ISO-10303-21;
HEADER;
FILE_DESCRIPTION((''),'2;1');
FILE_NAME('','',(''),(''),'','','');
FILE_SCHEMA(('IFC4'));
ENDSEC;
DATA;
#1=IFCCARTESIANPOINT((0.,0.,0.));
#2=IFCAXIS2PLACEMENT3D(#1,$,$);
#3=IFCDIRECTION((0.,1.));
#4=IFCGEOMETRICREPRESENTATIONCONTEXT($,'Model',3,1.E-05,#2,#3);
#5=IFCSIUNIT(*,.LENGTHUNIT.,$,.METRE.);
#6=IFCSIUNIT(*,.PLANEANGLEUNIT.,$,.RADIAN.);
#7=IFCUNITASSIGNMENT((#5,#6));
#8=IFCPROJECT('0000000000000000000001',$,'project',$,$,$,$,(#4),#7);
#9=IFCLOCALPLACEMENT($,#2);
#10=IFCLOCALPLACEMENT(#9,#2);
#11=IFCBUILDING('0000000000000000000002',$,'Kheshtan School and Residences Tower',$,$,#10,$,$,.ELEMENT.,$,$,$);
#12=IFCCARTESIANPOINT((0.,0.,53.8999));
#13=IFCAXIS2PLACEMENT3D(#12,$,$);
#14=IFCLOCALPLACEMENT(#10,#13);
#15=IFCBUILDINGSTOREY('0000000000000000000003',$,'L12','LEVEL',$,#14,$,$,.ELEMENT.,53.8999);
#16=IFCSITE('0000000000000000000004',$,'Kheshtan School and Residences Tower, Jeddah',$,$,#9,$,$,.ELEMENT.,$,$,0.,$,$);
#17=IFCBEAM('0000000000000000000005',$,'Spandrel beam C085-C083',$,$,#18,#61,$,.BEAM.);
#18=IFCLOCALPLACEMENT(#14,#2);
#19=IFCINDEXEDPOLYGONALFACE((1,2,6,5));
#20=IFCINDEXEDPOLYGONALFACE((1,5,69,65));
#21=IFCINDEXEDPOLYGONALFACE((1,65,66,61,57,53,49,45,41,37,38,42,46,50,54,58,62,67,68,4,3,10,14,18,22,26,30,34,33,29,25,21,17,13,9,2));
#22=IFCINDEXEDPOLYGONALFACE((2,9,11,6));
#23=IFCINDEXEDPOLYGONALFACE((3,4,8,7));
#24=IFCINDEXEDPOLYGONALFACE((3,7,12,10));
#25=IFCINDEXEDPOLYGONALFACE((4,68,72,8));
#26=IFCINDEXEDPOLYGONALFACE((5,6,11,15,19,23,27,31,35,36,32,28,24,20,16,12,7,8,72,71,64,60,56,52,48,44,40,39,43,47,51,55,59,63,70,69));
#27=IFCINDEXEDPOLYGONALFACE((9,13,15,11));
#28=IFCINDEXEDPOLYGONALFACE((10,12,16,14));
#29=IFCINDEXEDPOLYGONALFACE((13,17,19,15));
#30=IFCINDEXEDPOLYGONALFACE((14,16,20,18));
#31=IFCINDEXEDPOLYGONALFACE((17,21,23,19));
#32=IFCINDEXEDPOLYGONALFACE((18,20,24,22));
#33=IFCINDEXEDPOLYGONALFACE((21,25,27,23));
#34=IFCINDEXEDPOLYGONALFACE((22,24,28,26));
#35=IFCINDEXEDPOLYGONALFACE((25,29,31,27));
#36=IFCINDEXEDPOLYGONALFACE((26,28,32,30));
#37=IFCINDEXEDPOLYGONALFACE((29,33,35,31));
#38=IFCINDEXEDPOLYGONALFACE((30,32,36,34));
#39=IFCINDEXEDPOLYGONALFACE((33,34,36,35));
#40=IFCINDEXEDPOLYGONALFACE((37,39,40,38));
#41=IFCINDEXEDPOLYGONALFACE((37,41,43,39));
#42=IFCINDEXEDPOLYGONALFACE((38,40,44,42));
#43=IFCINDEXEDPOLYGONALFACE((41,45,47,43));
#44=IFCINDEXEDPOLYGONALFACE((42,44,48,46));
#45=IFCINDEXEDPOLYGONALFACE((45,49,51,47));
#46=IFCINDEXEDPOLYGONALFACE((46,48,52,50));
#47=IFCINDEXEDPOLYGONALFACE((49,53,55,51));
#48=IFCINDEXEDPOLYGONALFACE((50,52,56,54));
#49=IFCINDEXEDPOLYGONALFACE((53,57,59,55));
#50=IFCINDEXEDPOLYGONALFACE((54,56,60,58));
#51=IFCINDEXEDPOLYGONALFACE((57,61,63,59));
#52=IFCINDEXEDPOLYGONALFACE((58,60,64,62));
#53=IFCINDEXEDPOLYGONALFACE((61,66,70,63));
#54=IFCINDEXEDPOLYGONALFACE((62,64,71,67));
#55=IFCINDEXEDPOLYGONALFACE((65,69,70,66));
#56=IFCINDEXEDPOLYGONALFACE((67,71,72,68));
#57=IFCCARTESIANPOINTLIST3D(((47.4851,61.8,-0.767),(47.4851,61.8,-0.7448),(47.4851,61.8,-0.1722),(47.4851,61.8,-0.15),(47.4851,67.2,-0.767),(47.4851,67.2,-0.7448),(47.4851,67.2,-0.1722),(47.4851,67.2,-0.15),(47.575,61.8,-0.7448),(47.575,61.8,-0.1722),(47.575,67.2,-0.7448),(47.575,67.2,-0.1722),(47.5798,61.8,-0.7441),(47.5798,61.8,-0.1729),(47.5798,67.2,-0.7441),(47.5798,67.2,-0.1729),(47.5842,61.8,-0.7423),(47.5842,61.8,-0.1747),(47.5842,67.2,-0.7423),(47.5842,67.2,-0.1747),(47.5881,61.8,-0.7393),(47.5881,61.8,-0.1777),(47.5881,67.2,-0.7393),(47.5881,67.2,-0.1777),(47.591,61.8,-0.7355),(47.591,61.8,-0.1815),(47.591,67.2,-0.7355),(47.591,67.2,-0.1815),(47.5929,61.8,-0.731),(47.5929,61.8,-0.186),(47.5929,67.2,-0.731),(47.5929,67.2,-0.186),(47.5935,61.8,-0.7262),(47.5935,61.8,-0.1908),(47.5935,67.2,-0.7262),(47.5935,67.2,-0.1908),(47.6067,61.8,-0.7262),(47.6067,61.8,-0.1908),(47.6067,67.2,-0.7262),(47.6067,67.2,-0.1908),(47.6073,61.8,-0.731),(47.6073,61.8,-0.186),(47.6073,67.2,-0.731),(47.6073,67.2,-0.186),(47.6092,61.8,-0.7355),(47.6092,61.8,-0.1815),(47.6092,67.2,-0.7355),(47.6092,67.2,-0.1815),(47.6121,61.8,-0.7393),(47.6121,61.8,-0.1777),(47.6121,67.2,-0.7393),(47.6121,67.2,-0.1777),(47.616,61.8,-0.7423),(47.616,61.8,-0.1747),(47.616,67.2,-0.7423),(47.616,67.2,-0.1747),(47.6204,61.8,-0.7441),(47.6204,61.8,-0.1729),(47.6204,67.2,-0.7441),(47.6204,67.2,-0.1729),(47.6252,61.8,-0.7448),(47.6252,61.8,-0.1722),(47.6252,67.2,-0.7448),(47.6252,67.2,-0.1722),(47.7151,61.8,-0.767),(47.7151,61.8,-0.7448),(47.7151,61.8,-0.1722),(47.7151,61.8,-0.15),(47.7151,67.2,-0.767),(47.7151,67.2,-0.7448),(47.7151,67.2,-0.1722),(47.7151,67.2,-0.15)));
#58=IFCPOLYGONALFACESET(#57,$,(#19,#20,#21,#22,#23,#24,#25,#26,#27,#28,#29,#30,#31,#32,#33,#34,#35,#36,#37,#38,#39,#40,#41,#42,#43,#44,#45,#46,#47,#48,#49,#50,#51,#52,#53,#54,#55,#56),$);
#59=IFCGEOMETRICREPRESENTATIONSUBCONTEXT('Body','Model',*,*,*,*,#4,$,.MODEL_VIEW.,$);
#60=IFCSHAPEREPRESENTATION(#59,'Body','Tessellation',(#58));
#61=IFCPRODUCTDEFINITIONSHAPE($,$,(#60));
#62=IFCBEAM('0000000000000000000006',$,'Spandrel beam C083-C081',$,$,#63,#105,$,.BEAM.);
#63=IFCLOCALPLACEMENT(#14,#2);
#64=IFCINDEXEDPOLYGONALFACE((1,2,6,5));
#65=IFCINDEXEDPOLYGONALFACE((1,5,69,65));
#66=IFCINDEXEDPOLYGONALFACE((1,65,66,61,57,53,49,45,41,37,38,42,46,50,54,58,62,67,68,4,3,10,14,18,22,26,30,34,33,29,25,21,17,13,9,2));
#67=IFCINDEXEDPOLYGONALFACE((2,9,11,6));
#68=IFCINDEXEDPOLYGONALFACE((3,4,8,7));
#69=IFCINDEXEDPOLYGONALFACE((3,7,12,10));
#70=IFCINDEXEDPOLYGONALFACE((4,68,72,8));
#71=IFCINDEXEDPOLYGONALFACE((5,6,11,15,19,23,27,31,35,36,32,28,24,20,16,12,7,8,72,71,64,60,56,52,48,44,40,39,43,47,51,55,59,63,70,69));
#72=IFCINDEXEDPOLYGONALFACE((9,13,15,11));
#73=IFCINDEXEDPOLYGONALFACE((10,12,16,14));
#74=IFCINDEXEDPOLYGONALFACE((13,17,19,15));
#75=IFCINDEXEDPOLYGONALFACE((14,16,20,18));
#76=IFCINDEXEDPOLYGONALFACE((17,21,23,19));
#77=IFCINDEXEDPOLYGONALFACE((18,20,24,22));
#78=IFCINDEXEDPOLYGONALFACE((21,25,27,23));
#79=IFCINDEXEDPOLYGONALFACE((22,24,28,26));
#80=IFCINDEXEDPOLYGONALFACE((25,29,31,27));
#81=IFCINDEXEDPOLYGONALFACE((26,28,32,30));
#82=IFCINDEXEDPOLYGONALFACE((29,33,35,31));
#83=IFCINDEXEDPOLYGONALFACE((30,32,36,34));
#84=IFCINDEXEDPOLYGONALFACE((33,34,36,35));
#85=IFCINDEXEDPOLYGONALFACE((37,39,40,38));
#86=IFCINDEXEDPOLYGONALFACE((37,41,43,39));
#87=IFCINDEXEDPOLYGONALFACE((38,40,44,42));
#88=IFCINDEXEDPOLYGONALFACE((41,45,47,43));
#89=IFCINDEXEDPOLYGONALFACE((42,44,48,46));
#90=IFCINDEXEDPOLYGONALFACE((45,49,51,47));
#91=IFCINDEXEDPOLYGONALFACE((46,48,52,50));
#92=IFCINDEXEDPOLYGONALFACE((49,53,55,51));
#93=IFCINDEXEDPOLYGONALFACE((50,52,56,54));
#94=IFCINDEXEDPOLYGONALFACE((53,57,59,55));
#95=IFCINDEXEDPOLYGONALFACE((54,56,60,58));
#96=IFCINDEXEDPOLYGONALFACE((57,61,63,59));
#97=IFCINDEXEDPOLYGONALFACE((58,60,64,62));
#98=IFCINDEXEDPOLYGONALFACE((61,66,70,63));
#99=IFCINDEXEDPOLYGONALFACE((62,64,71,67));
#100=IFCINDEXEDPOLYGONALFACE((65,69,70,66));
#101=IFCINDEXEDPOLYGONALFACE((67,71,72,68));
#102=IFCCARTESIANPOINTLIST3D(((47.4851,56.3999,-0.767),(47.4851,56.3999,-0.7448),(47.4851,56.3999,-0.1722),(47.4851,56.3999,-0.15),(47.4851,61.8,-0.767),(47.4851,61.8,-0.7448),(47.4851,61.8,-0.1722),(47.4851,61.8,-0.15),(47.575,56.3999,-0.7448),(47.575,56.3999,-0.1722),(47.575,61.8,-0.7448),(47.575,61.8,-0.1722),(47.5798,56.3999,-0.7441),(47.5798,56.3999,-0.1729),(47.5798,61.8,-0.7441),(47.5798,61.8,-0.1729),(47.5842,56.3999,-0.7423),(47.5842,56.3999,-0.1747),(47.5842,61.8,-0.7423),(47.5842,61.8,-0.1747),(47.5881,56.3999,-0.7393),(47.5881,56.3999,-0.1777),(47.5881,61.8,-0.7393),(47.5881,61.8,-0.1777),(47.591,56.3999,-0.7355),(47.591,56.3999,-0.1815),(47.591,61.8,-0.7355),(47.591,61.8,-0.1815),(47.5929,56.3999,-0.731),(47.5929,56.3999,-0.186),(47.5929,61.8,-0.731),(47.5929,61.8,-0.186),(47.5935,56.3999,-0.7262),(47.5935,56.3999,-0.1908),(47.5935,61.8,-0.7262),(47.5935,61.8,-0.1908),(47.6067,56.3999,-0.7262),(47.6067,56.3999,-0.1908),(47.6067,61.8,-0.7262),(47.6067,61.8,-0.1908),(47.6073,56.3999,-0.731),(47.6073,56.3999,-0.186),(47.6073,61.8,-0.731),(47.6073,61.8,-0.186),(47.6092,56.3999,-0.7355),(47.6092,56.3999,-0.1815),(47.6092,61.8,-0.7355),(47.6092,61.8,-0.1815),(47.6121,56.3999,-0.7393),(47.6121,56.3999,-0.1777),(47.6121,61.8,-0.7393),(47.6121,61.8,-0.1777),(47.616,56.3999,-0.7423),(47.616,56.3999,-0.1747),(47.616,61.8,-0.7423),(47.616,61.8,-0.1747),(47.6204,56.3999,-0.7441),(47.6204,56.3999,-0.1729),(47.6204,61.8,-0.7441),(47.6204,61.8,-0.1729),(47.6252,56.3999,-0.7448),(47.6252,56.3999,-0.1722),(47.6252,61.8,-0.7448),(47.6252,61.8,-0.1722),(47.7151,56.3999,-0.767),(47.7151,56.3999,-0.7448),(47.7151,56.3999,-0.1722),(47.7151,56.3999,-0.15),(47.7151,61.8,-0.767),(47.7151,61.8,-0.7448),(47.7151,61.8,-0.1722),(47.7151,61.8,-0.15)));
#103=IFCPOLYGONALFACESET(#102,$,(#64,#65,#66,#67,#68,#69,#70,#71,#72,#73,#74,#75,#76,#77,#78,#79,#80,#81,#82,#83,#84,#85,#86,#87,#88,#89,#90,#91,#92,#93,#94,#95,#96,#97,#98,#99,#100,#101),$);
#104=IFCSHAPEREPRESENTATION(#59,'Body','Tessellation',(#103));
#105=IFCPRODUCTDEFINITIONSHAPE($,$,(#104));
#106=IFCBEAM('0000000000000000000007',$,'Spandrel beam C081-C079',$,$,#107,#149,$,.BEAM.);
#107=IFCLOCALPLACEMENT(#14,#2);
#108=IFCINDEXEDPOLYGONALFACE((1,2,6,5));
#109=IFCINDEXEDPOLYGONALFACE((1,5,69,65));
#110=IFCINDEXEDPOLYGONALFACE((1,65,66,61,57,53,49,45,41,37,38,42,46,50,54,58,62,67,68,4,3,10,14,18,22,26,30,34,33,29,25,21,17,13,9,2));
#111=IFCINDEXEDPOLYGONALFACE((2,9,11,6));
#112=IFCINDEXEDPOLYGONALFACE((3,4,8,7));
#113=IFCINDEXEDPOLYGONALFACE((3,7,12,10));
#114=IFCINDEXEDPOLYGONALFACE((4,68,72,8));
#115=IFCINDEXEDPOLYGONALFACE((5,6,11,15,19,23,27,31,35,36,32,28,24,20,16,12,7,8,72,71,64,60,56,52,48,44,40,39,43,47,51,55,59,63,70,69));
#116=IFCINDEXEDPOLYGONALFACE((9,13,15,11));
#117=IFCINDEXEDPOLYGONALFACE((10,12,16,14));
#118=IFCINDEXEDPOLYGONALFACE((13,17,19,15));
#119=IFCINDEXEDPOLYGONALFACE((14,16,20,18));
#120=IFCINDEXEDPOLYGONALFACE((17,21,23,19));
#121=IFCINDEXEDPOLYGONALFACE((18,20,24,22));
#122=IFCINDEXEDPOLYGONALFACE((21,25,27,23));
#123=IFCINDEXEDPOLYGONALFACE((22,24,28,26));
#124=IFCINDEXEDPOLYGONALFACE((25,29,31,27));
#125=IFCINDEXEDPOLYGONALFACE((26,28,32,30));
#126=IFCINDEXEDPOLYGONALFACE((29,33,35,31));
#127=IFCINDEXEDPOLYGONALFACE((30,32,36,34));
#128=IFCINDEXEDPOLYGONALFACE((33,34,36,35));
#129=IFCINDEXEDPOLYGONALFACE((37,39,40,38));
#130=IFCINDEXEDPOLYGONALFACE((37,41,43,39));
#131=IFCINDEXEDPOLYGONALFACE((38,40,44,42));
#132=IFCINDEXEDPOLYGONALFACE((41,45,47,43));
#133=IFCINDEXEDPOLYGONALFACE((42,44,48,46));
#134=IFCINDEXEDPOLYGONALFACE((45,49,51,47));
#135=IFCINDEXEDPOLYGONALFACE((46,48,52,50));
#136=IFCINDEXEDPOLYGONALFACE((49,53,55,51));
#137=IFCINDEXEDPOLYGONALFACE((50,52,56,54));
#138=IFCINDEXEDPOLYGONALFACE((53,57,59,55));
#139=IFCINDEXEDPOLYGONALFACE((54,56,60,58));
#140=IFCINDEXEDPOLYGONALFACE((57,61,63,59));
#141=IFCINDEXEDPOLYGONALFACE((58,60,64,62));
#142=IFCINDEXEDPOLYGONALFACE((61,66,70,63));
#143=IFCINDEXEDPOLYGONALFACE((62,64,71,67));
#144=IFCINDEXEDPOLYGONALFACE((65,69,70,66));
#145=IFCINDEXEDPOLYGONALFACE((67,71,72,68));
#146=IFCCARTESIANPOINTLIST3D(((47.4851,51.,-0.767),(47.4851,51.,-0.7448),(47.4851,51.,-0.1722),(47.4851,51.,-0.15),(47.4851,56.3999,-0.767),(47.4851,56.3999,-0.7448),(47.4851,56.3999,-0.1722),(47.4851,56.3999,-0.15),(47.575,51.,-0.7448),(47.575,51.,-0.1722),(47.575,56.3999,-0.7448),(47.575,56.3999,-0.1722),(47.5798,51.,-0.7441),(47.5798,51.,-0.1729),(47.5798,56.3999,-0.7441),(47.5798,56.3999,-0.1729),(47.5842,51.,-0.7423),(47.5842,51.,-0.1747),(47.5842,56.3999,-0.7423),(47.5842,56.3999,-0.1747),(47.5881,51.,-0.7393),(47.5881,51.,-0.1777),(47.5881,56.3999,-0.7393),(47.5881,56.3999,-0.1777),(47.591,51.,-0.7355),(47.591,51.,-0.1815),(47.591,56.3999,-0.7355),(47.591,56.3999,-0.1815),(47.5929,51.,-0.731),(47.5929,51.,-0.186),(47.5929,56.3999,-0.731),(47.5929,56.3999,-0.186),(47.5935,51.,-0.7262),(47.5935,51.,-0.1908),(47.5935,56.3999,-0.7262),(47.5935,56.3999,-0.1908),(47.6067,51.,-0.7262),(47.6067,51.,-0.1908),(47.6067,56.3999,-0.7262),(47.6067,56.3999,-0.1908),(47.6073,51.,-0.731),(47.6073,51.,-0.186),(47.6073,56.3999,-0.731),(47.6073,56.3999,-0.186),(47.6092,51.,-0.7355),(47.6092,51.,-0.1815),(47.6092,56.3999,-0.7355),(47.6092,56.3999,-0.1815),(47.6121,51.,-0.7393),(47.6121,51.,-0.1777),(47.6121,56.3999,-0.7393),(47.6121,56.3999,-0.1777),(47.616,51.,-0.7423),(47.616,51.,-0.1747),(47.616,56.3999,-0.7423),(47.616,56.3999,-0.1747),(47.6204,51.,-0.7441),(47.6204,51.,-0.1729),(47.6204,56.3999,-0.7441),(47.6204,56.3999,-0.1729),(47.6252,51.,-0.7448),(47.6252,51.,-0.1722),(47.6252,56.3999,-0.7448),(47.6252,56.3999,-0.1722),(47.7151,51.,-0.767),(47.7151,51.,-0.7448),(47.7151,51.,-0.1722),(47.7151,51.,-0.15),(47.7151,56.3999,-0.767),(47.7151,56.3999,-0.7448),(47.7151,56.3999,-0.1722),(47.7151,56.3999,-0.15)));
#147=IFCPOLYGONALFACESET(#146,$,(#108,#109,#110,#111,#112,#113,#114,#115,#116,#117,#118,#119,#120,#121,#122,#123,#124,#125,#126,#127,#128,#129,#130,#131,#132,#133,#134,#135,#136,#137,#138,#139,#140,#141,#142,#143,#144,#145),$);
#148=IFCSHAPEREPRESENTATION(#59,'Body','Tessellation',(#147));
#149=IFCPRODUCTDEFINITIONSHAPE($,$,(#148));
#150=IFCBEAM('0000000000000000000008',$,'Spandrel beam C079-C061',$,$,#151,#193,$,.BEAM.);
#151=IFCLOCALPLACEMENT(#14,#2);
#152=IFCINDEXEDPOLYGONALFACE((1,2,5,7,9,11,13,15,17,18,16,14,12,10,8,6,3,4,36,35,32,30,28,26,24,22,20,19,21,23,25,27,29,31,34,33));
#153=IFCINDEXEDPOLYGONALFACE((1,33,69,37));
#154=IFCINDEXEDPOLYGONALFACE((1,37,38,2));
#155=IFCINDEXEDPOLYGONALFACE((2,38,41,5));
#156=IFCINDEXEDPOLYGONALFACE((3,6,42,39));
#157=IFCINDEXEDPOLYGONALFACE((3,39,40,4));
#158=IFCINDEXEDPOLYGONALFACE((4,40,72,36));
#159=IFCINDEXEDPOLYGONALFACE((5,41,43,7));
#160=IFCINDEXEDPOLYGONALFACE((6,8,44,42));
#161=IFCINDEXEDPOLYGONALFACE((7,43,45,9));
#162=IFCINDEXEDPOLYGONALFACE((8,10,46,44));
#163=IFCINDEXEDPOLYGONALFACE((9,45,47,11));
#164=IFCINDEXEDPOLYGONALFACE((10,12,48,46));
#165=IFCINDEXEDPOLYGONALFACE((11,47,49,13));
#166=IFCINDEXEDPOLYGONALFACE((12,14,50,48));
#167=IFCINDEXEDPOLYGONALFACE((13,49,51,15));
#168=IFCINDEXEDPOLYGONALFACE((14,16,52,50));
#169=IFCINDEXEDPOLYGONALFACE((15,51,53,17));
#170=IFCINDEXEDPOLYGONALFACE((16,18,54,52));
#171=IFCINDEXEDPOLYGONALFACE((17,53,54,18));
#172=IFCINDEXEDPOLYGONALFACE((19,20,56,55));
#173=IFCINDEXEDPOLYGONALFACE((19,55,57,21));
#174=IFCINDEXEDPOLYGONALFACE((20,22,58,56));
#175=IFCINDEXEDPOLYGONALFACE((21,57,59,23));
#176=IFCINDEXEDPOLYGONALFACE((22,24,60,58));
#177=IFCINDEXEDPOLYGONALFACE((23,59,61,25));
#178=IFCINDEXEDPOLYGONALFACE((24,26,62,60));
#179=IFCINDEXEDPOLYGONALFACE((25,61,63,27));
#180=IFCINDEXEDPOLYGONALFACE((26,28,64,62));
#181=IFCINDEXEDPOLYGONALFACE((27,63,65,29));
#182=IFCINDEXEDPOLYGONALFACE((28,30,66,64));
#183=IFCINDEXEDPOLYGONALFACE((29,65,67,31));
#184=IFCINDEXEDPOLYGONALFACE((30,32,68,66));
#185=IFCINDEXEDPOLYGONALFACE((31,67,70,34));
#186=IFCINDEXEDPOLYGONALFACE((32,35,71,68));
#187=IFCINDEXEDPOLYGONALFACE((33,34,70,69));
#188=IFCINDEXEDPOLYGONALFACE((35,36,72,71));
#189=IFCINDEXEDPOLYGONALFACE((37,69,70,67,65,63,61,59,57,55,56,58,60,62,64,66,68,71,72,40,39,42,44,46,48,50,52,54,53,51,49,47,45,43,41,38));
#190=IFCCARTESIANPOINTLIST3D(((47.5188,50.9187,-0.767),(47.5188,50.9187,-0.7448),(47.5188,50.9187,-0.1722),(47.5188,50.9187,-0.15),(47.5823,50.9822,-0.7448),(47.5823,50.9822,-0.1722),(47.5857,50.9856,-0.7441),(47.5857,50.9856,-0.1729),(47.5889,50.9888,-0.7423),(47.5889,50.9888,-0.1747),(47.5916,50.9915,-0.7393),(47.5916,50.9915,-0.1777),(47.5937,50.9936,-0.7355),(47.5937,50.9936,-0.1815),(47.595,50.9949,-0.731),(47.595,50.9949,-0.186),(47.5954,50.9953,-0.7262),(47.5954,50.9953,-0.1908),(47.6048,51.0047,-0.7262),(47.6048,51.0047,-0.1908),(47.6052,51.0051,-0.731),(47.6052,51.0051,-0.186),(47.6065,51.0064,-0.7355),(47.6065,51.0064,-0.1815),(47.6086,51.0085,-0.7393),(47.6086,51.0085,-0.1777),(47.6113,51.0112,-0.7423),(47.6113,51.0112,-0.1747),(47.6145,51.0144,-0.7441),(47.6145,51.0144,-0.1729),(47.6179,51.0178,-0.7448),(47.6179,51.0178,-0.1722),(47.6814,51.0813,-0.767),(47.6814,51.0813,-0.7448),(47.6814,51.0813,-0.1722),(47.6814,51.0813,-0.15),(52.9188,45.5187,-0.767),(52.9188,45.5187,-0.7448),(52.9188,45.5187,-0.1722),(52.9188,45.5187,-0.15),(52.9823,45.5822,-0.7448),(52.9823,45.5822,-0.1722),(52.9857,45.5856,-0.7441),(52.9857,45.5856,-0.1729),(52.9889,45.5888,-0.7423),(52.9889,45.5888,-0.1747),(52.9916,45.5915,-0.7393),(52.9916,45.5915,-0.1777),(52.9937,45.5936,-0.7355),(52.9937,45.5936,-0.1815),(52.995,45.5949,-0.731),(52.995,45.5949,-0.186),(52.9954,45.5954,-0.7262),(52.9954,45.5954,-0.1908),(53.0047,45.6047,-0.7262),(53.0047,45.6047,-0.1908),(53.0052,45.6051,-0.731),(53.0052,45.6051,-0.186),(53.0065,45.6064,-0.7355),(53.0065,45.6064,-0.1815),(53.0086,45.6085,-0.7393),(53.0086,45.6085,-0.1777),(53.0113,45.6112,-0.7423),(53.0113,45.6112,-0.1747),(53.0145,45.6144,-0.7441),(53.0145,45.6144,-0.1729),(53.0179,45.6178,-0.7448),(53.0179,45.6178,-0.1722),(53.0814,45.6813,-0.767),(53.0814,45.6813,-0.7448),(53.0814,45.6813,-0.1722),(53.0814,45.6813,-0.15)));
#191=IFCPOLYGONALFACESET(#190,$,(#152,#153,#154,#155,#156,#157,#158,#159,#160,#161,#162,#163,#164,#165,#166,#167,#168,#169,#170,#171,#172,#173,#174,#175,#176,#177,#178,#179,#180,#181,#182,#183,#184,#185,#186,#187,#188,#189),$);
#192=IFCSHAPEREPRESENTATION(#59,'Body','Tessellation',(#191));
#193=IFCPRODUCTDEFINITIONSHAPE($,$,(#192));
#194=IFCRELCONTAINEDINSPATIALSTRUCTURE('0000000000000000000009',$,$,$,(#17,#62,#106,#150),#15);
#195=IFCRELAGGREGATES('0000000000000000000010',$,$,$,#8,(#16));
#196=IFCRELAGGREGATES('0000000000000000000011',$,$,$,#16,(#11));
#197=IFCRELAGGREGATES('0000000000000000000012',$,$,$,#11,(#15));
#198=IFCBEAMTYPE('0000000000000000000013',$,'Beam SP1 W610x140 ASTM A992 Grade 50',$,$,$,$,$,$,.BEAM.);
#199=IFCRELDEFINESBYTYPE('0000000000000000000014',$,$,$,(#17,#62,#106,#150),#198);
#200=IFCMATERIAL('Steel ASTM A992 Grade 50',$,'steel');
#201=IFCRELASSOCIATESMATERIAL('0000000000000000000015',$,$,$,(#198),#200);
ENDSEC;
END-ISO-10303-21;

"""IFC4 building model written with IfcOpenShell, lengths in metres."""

from ifc_helpers import new_model, si_unit, direction, frame, origin, origin_2d, place, context, subcontext, project, spatial, i_section, extrude, material, material_profile, profile_set, type_object, element, save


model = new_model("IFC4")

# Units and contexts
model_context = context("Model", 3, precision=1e-05, world=origin(), true_north=direction((0.0, 1.0)))
body_context = subcontext(model_context, "Body", "Model", "MODEL_VIEW")
ifc_project = project(units=[si_unit("LENGTHUNIT", "METRE"), si_unit("PLANEANGLEUNIT", "RADIAN")], contexts=[model_context])

# Site, building, storey
site_placement = place(None, origin())
site = spatial("IfcSite", under=ifc_project, at=site_placement, Name="Kheshtan School and Residences Tower, Jeddah", CompositionType="ELEMENT", RefElevation=0.0)
building_placement = place(site_placement, origin())
building = spatial("IfcBuilding", under=site, at=building_placement, Name="Kheshtan School and Residences Tower", CompositionType="ELEMENT")
storey_placement = place(building_placement, frame((0.0, 0.0, 53.8999)))
storey = spatial("IfcBuildingStorey", under=building, at=storey_placement, Name="L12", Description="LEVEL", CompositionType="ELEMENT", Elevation=53.8999)

# Shared definitions
ifc_material = material(Name="Steel ASTM A992 Grade 50", Category="steel")

# Beams
ifc_material_profile_1 = material_profile(ifc_material, i_section(OverallWidth=0.23, OverallDepth=0.6169, WebThickness=0.0132, FlangeThickness=0.0222, FilletRadius=0.0186, at=origin_2d()), Name="W610x140")
ifc_profile_set_1 = profile_set([ifc_material_profile_1], Name="Steel ASTM A992 Grade 50")
beam_type_1 = type_object("IfcBeamType", Name="Beam SP1 W610x140 ASTM A992 Grade 50", PredefinedType="BEAM", material=ifc_profile_set_1)
beam_1_placement = place(storey_placement, frame((47.6001, 67.2, -0.4585), z_axis=(0.0, -1.0, 0.0), x_axis=(1.0, 0.0, 0.0)))
element("IfcBeam", 1, at=beam_1_placement, inside=storey, type_object=beam_type_1, Name="Spandrel beam C085-C083", PredefinedType="BEAM", context=body_context, shape_type="SweptSolid", body=[
    extrude(i_section(OverallWidth=0.23, OverallDepth=0.6169, WebThickness=0.0132, FlangeThickness=0.0222, FilletRadius=0.0186, at=origin_2d()), origin(), (0.0, 0.0, 1.0), 5.3999),
])
beam_2_placement = place(storey_placement, frame((47.6001, 61.8, -0.4585), z_axis=(0.0, -1.0, 0.0), x_axis=(1.0, 0.0, 0.0)))
element("IfcBeam", 2, at=beam_2_placement, inside=storey, type_object=beam_type_1, Name="Spandrel beam C083-C081", PredefinedType="BEAM", context=body_context, shape_type="SweptSolid", body=[
    extrude(i_section(OverallWidth=0.23, OverallDepth=0.6169, WebThickness=0.0132, FlangeThickness=0.0222, FilletRadius=0.0186, at=origin_2d()), origin(), (0.0, 0.0, 1.0), 5.4001),
])
beam_3_placement = place(storey_placement, frame((47.6001, 56.3999, -0.4585), z_axis=(0.0, -1.0, 0.0), x_axis=(1.0, 0.0, 0.0)))
element("IfcBeam", 3, at=beam_3_placement, inside=storey, type_object=beam_type_1, Name="Spandrel beam C081-C079", PredefinedType="BEAM", context=body_context, shape_type="SweptSolid", body=[
    extrude(i_section(OverallWidth=0.23, OverallDepth=0.6169, WebThickness=0.0132, FlangeThickness=0.0222, FilletRadius=0.0186, at=origin_2d()), origin(), (0.0, 0.0, 1.0), 5.3999),
])
beam_4_placement = place(storey_placement, frame((47.6001, 51.0, -0.4585), z_axis=(0.707107, -0.707107, 0.0), x_axis=(0.707107, 0.707107, 0.0)))
element("IfcBeam", 4, at=beam_4_placement, inside=storey, type_object=beam_type_1, Name="Spandrel beam C079-C061", PredefinedType="BEAM", context=body_context, shape_type="SweptSolid", body=[
    extrude(i_section(OverallWidth=0.23, OverallDepth=0.6169, WebThickness=0.0132, FlangeThickness=0.0222, FilletRadius=0.0186, at=origin_2d()), origin(), (0.0, 0.0, 1.0), 7.6367),
])

save(model, "model.ifc")
